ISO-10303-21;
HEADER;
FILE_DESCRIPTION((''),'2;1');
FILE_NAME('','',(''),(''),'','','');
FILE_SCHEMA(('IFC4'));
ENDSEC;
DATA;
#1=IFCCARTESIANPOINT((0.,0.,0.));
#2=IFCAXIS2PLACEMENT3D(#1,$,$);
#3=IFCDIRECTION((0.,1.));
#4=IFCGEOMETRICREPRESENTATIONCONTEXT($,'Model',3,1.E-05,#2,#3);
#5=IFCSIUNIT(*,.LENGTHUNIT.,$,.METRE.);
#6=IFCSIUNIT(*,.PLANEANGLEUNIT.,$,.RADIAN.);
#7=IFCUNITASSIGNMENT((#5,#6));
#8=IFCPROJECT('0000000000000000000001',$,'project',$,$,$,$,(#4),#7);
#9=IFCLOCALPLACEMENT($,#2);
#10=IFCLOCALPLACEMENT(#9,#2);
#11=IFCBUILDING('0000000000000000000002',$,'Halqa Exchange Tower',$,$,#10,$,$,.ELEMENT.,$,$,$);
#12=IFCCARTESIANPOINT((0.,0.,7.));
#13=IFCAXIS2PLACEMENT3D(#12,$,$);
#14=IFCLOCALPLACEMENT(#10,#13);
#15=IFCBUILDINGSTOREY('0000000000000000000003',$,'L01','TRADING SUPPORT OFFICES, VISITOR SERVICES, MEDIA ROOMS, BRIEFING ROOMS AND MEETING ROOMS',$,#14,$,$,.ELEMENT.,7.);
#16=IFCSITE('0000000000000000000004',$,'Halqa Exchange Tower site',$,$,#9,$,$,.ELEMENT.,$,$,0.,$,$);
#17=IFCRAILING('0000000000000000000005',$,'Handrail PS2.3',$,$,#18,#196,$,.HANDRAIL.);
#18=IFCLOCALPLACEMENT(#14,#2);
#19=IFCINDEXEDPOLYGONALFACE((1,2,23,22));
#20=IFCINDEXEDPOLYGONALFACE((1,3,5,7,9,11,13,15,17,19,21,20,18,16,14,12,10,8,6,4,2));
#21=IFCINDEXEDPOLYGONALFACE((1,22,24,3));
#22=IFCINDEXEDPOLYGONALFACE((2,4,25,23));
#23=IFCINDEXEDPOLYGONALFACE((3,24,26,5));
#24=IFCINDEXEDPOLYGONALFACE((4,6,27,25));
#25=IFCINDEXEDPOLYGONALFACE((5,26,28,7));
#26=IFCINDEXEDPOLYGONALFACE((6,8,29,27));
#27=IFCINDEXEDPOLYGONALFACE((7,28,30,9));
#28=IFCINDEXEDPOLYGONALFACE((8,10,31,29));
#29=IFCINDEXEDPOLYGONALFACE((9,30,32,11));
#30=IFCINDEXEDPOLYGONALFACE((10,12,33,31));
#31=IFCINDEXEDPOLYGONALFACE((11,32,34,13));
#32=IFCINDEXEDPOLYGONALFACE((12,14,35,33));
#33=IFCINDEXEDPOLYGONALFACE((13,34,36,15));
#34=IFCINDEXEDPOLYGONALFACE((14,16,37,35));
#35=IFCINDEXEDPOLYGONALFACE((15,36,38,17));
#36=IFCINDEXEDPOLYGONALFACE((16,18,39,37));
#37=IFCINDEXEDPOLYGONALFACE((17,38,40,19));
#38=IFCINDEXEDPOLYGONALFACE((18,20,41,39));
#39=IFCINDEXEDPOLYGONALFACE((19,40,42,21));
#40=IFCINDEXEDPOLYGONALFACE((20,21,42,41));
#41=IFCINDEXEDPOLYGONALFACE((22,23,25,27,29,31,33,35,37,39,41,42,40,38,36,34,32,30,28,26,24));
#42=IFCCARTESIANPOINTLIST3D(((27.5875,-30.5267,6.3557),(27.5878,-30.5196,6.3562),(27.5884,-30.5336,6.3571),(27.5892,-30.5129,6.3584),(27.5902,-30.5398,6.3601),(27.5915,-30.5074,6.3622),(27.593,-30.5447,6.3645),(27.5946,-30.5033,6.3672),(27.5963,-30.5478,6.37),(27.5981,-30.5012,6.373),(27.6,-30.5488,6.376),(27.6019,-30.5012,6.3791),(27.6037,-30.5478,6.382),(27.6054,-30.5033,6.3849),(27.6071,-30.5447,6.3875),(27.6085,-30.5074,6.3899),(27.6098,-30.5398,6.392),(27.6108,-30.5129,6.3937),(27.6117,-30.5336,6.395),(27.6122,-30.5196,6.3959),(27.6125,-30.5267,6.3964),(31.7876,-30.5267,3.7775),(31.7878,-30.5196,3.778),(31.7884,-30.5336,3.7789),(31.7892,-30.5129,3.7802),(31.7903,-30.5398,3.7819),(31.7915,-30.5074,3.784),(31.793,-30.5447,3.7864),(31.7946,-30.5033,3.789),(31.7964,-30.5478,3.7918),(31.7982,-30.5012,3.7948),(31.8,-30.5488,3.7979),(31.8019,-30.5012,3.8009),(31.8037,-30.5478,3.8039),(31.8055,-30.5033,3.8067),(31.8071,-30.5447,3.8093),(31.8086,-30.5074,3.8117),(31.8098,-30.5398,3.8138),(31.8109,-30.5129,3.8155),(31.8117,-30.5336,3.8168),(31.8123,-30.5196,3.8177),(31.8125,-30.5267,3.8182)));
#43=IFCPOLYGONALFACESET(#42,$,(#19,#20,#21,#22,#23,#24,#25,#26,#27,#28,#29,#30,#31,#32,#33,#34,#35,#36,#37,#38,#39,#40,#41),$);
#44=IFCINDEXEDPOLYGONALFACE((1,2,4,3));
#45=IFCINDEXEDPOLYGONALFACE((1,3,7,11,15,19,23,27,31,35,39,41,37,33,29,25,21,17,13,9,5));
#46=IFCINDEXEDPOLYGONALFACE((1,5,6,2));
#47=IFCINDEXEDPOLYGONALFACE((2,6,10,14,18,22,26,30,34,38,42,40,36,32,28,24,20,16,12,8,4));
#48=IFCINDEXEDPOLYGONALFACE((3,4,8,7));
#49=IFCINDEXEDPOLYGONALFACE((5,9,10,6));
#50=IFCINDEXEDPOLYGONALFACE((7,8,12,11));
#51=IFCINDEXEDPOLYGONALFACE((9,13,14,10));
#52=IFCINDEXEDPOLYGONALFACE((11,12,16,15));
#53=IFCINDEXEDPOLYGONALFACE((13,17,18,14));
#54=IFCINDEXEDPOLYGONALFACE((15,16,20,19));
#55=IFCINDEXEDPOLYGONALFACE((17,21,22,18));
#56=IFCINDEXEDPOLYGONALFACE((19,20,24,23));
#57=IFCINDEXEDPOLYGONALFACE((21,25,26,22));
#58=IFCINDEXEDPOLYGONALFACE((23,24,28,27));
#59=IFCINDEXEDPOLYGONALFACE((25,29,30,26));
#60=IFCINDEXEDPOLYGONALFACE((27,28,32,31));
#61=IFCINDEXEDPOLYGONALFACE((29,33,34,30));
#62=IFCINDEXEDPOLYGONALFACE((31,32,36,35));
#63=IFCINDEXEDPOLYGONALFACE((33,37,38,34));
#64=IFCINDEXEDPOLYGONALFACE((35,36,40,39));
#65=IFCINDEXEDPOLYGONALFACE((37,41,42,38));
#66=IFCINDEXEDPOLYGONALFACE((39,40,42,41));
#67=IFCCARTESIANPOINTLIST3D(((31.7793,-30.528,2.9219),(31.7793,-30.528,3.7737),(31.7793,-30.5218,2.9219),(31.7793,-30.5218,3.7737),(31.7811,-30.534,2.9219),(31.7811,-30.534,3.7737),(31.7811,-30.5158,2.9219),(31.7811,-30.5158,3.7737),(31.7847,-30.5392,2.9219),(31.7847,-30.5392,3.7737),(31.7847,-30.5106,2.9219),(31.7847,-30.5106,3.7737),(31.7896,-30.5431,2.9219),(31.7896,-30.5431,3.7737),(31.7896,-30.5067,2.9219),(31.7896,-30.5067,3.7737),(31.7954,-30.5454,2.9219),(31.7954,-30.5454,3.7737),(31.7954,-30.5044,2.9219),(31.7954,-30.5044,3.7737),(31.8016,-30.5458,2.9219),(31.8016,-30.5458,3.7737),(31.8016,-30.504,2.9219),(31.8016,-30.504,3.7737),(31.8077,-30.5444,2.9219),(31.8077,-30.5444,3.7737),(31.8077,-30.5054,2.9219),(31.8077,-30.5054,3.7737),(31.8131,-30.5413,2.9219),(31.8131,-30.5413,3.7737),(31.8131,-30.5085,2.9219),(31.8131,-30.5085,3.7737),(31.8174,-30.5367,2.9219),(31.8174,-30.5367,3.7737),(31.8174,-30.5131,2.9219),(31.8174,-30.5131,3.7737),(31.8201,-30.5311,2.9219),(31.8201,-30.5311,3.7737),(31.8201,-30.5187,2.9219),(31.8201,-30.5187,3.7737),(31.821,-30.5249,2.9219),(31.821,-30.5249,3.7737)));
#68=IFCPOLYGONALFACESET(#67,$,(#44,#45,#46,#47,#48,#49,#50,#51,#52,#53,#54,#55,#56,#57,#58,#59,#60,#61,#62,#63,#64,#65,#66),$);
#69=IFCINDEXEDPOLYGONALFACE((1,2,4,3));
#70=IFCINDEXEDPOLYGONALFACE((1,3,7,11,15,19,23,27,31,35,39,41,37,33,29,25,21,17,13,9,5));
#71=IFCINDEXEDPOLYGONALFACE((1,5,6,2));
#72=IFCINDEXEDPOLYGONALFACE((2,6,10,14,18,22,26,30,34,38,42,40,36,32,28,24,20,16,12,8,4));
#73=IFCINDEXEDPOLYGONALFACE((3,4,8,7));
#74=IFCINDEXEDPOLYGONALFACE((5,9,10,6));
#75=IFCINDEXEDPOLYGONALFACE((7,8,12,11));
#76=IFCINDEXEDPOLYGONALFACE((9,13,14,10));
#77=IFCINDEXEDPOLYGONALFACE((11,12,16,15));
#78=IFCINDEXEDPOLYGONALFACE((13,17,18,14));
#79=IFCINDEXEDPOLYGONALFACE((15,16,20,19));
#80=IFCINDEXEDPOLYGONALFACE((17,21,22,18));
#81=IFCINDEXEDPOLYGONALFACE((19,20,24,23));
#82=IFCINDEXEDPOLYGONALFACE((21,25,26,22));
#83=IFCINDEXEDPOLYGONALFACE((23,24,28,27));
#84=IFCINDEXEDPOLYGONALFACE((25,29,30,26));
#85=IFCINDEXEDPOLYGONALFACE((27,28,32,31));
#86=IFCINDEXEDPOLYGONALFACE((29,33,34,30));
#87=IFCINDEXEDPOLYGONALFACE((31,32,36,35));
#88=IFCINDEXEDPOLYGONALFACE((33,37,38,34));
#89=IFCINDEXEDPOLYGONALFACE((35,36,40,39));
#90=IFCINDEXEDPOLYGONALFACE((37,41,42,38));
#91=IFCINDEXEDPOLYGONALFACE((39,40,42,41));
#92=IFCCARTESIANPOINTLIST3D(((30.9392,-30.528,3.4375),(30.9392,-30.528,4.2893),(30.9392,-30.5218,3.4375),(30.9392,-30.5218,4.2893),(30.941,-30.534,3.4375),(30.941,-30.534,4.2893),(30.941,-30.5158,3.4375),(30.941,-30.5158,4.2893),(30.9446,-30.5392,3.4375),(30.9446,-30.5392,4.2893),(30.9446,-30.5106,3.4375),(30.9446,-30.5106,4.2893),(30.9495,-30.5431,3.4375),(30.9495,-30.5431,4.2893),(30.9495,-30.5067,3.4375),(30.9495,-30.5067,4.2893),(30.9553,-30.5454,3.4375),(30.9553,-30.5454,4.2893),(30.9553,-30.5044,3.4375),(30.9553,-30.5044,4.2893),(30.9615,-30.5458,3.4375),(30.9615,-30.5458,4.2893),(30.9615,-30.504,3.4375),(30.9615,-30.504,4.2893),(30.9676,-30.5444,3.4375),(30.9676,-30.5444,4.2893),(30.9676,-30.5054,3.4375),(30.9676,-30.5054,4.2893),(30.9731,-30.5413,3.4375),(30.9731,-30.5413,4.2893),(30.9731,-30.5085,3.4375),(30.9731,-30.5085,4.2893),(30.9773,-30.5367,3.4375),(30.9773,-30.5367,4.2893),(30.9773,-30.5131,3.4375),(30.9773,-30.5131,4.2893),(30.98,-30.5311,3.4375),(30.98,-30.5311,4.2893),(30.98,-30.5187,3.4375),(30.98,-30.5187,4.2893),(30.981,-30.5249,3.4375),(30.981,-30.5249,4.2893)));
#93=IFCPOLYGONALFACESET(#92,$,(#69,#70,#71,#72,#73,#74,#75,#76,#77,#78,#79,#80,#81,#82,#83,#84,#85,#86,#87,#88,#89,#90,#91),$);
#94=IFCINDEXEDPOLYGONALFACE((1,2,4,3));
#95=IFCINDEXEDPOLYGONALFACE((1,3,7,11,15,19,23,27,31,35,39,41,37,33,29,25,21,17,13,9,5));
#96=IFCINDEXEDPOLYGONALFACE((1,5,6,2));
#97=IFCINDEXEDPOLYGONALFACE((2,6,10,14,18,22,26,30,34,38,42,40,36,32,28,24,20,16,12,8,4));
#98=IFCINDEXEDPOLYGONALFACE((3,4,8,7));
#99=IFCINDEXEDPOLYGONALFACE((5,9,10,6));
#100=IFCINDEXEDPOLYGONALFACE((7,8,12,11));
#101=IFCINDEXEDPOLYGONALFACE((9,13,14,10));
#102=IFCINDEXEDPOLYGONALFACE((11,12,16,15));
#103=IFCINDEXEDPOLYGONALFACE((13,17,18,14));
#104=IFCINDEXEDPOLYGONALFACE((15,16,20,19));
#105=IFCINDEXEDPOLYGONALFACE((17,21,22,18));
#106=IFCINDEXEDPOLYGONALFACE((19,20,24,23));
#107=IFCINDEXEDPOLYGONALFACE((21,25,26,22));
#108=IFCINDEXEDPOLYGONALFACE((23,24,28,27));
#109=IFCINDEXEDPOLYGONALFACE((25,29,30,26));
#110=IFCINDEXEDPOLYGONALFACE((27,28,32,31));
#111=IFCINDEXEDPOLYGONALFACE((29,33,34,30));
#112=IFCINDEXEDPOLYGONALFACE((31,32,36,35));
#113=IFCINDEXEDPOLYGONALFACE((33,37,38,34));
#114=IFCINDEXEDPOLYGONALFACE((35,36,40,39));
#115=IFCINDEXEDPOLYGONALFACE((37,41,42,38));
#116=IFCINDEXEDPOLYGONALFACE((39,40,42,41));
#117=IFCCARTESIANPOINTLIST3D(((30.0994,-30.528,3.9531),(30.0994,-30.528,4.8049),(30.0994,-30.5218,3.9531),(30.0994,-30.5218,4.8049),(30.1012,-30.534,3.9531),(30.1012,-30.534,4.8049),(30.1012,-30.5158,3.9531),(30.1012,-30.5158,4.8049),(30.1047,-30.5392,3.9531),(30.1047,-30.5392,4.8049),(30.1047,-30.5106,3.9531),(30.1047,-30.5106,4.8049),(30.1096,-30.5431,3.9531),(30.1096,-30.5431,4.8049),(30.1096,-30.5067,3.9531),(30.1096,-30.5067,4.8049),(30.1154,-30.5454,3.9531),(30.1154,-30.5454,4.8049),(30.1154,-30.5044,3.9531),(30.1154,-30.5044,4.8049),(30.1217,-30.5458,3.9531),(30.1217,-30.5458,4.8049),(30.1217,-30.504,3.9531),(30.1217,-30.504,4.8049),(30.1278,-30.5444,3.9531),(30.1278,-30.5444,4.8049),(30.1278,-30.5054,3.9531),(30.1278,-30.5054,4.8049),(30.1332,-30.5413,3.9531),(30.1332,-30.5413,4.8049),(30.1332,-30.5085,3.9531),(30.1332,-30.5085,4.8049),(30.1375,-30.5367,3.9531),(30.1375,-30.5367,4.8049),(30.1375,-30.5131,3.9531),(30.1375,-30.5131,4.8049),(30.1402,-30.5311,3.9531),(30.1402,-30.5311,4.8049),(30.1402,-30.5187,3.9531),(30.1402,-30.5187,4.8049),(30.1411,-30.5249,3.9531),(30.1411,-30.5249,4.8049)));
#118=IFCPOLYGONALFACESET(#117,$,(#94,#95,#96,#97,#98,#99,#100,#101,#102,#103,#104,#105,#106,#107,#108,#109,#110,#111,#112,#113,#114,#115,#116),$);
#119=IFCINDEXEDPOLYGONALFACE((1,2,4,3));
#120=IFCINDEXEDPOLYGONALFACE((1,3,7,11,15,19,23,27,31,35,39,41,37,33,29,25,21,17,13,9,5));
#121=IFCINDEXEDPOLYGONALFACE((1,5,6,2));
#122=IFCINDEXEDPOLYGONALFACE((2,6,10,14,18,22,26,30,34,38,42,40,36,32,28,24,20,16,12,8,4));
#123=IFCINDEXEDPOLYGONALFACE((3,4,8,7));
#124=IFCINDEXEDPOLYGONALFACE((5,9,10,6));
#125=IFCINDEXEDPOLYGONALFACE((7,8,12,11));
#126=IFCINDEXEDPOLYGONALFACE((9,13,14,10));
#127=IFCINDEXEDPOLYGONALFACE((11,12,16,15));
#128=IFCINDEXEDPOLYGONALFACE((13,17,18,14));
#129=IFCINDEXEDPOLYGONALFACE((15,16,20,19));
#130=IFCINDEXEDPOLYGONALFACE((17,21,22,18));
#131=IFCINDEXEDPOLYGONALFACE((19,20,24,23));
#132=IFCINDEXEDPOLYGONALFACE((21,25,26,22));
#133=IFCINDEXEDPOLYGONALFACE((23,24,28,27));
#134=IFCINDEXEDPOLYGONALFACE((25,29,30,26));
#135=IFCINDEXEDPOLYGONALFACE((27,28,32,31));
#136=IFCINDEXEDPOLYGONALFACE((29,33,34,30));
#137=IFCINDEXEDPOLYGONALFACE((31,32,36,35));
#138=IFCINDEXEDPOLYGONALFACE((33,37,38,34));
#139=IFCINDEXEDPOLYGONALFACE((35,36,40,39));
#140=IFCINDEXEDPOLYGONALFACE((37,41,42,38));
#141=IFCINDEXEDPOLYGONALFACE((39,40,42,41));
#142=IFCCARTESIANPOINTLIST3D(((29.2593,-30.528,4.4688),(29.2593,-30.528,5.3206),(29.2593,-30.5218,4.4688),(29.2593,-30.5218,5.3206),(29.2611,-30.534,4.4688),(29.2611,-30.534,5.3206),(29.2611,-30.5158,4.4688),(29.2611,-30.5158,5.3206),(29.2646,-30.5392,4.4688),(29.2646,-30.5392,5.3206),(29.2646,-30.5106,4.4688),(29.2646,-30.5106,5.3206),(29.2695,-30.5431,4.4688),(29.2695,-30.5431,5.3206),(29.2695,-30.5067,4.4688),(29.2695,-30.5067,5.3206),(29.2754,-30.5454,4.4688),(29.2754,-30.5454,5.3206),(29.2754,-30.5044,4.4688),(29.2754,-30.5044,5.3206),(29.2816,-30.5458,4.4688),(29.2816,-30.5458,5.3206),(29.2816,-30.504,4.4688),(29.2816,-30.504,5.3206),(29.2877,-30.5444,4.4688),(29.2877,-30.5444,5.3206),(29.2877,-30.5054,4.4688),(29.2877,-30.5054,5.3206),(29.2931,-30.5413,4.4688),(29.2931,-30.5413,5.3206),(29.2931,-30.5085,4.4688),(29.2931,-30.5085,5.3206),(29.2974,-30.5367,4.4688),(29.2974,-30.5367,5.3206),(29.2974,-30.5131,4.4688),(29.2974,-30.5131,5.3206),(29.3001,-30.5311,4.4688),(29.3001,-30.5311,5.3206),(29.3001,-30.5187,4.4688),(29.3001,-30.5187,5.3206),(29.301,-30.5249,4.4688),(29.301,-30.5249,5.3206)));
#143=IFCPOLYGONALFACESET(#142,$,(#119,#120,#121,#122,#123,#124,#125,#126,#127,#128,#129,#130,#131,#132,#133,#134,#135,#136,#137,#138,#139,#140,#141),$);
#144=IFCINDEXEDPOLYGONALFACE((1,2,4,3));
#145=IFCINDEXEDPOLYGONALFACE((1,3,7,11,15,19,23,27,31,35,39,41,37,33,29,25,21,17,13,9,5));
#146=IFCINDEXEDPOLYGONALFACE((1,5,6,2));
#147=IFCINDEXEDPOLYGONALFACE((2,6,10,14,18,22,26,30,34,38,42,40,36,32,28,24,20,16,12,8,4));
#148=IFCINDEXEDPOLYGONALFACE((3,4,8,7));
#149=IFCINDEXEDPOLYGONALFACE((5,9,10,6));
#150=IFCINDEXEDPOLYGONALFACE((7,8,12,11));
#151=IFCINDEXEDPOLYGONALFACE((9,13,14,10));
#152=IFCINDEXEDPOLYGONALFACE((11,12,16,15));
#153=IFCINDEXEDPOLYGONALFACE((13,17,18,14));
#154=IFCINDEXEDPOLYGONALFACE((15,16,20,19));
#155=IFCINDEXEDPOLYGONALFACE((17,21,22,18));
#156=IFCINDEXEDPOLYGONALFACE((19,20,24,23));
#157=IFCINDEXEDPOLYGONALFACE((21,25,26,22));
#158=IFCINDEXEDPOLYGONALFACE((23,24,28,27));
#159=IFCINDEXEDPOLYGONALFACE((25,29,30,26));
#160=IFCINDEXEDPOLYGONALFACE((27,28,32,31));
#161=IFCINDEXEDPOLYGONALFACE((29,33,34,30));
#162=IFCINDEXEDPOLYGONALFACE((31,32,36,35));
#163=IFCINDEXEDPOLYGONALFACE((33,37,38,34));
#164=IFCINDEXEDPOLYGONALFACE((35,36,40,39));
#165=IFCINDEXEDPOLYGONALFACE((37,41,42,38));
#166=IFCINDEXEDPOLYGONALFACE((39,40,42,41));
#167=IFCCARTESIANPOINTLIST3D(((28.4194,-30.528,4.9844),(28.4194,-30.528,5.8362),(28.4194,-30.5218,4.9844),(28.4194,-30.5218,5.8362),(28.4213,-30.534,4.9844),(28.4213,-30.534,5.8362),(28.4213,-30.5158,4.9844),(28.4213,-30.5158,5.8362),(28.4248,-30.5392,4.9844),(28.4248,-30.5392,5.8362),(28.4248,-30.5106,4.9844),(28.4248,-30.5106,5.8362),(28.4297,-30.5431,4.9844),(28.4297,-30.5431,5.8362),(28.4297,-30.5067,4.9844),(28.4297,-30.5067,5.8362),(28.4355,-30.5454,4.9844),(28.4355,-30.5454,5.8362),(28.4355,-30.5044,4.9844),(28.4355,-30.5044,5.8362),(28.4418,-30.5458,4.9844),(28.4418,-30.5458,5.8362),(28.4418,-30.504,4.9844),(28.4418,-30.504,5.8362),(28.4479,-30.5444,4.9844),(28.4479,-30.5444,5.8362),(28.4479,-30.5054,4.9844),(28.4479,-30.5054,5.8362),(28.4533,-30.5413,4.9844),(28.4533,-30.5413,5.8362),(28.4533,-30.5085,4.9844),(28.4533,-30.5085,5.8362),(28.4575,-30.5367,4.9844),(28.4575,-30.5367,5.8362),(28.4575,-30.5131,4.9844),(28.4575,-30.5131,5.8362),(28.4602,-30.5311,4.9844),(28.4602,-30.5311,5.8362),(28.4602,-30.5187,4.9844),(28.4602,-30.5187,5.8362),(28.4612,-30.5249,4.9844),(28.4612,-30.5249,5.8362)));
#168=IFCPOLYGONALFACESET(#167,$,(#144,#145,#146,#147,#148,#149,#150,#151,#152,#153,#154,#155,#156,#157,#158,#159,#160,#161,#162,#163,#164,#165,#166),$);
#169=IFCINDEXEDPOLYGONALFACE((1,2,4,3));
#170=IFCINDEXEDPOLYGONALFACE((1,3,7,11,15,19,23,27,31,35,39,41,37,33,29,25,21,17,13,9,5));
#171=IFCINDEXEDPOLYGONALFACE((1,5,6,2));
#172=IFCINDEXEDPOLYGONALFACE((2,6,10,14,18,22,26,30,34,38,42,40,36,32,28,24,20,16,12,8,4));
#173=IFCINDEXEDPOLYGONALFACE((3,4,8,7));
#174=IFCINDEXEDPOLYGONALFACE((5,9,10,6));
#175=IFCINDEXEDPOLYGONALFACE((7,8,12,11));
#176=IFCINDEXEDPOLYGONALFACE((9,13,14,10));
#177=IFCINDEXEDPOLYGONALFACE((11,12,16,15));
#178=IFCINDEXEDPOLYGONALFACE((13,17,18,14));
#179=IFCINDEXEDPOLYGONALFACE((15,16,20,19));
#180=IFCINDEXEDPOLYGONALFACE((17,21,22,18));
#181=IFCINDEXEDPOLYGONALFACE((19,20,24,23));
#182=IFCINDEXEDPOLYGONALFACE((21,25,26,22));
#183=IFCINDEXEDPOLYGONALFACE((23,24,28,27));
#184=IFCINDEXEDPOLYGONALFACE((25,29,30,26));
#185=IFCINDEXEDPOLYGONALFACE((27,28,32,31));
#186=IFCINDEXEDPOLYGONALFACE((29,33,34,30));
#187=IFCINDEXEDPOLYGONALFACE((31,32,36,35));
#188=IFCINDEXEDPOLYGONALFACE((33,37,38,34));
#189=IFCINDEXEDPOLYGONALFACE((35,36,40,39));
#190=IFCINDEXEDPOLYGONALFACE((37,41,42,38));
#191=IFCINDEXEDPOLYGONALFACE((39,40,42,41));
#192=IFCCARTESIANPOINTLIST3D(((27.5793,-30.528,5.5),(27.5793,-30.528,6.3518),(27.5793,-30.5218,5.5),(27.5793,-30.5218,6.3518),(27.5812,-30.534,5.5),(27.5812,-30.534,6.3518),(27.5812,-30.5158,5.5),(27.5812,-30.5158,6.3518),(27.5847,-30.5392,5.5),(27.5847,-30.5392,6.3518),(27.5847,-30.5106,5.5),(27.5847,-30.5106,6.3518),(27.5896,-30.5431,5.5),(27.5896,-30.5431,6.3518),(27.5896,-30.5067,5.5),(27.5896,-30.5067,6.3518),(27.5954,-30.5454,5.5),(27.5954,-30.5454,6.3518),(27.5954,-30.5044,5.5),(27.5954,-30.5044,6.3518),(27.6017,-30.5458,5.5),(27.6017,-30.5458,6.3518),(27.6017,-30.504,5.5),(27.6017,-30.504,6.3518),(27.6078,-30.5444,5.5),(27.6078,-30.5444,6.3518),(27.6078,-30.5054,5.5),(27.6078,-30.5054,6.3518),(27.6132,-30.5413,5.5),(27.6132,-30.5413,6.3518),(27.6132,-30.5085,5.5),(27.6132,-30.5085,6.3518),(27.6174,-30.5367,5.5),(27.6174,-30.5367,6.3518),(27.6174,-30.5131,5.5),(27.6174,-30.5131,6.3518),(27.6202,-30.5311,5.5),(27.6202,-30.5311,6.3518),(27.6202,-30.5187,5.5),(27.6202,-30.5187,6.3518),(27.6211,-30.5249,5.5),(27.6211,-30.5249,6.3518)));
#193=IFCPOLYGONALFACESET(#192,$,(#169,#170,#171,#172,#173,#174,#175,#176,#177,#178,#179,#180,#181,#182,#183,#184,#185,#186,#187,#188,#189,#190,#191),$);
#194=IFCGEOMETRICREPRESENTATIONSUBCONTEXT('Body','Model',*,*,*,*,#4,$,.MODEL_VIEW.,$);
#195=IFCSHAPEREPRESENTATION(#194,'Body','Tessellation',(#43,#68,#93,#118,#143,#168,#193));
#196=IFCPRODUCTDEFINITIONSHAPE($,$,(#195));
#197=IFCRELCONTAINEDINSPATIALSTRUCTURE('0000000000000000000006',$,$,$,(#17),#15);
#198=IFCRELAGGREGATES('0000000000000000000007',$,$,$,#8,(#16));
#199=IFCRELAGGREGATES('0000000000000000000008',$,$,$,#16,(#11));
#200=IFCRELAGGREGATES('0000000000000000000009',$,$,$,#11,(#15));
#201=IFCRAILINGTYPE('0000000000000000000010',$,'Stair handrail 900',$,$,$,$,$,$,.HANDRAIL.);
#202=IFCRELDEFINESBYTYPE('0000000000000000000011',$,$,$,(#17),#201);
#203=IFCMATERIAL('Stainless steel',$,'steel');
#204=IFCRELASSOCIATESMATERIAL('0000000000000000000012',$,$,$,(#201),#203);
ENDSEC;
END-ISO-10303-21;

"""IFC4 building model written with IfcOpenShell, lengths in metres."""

from ifc_helpers import new_model, si_unit, direction, frame, origin, origin_2d, place, context, subcontext, project, spatial, circle, extrude, material, type_object, element, save


model = new_model("IFC4")

# Units and contexts
model_context = context("Model", 3, precision=1e-05, world=origin(), true_north=direction((0.0, 1.0)))
body_context = subcontext(model_context, "Body", "Model", "MODEL_VIEW")
ifc_project = project(units=[si_unit("LENGTHUNIT", "METRE"), si_unit("PLANEANGLEUNIT", "RADIAN")], contexts=[model_context])

# Site, building, storey
site_placement = place(None, origin())
site = spatial("IfcSite", under=ifc_project, at=site_placement, Name="Halqa Exchange Tower site", CompositionType="ELEMENT", RefElevation=0.0)
building_placement = place(site_placement, origin())
building = spatial("IfcBuilding", under=site, at=building_placement, Name="Halqa Exchange Tower", CompositionType="ELEMENT")
storey_placement = place(building_placement, frame((0.0, 0.0, 7.0)))
storey = spatial("IfcBuildingStorey", under=building, at=storey_placement, Name="L01", Description="TRADING SUPPORT OFFICES, VISITOR SERVICES, MEDIA ROOMS, BRIEFING ROOMS AND MEETING ROOMS", CompositionType="ELEMENT", Elevation=7.0)

# Railing
ifc_material_1 = material(Name="Stainless steel", Category="steel")
railing_type = type_object("IfcRailingType", Name="Stair handrail 900", PredefinedType="HANDRAIL", material=ifc_material_1)
railing_1_placement = place(storey_placement, frame((31.8, -30.5249, 2.9219)))
element("IfcRailing", 1, at=railing_1_placement, inside=storey, type_object=railing_type, Name="Handrail PS2.3", PredefinedType="HANDRAIL", context=body_context, shape_type="SweptSolid", body=[
    extrude(circle(Radius=0.0239, at=origin_2d()), frame((0.0, 0.0, 0.876), z_axis=(-0.852243, 0.0, 0.523146), x_axis=(0.0, -1.0, 0.0)), (0.0, 0.0, 1.0), 4.9282),
    extrude(circle(Radius=0.021, at=origin_2d()), origin(), (0.0, 0.0, 1.0), 0.8518),
    extrude(circle(Radius=0.021, at=origin_2d()), frame((-0.8401, 0.0, 0.5156)), (0.0, 0.0, 1.0), 0.8518),
    extrude(circle(Radius=0.021, at=origin_2d()), frame((-1.6799, 0.0, 1.0312)), (0.0, 0.0, 1.0), 0.8518),
    extrude(circle(Radius=0.021, at=origin_2d()), frame((-2.52, 0.0, 1.5469)), (0.0, 0.0, 1.0), 0.8518),
    extrude(circle(Radius=0.021, at=origin_2d()), frame((-3.3599, 0.0, 2.0625)), (0.0, 0.0, 1.0), 0.8518),
    extrude(circle(Radius=0.021, at=origin_2d()), frame((-4.2, 0.0, 2.5781)), (0.0, 0.0, 1.0), 0.8518),
])

save(model, "model.ifc")
